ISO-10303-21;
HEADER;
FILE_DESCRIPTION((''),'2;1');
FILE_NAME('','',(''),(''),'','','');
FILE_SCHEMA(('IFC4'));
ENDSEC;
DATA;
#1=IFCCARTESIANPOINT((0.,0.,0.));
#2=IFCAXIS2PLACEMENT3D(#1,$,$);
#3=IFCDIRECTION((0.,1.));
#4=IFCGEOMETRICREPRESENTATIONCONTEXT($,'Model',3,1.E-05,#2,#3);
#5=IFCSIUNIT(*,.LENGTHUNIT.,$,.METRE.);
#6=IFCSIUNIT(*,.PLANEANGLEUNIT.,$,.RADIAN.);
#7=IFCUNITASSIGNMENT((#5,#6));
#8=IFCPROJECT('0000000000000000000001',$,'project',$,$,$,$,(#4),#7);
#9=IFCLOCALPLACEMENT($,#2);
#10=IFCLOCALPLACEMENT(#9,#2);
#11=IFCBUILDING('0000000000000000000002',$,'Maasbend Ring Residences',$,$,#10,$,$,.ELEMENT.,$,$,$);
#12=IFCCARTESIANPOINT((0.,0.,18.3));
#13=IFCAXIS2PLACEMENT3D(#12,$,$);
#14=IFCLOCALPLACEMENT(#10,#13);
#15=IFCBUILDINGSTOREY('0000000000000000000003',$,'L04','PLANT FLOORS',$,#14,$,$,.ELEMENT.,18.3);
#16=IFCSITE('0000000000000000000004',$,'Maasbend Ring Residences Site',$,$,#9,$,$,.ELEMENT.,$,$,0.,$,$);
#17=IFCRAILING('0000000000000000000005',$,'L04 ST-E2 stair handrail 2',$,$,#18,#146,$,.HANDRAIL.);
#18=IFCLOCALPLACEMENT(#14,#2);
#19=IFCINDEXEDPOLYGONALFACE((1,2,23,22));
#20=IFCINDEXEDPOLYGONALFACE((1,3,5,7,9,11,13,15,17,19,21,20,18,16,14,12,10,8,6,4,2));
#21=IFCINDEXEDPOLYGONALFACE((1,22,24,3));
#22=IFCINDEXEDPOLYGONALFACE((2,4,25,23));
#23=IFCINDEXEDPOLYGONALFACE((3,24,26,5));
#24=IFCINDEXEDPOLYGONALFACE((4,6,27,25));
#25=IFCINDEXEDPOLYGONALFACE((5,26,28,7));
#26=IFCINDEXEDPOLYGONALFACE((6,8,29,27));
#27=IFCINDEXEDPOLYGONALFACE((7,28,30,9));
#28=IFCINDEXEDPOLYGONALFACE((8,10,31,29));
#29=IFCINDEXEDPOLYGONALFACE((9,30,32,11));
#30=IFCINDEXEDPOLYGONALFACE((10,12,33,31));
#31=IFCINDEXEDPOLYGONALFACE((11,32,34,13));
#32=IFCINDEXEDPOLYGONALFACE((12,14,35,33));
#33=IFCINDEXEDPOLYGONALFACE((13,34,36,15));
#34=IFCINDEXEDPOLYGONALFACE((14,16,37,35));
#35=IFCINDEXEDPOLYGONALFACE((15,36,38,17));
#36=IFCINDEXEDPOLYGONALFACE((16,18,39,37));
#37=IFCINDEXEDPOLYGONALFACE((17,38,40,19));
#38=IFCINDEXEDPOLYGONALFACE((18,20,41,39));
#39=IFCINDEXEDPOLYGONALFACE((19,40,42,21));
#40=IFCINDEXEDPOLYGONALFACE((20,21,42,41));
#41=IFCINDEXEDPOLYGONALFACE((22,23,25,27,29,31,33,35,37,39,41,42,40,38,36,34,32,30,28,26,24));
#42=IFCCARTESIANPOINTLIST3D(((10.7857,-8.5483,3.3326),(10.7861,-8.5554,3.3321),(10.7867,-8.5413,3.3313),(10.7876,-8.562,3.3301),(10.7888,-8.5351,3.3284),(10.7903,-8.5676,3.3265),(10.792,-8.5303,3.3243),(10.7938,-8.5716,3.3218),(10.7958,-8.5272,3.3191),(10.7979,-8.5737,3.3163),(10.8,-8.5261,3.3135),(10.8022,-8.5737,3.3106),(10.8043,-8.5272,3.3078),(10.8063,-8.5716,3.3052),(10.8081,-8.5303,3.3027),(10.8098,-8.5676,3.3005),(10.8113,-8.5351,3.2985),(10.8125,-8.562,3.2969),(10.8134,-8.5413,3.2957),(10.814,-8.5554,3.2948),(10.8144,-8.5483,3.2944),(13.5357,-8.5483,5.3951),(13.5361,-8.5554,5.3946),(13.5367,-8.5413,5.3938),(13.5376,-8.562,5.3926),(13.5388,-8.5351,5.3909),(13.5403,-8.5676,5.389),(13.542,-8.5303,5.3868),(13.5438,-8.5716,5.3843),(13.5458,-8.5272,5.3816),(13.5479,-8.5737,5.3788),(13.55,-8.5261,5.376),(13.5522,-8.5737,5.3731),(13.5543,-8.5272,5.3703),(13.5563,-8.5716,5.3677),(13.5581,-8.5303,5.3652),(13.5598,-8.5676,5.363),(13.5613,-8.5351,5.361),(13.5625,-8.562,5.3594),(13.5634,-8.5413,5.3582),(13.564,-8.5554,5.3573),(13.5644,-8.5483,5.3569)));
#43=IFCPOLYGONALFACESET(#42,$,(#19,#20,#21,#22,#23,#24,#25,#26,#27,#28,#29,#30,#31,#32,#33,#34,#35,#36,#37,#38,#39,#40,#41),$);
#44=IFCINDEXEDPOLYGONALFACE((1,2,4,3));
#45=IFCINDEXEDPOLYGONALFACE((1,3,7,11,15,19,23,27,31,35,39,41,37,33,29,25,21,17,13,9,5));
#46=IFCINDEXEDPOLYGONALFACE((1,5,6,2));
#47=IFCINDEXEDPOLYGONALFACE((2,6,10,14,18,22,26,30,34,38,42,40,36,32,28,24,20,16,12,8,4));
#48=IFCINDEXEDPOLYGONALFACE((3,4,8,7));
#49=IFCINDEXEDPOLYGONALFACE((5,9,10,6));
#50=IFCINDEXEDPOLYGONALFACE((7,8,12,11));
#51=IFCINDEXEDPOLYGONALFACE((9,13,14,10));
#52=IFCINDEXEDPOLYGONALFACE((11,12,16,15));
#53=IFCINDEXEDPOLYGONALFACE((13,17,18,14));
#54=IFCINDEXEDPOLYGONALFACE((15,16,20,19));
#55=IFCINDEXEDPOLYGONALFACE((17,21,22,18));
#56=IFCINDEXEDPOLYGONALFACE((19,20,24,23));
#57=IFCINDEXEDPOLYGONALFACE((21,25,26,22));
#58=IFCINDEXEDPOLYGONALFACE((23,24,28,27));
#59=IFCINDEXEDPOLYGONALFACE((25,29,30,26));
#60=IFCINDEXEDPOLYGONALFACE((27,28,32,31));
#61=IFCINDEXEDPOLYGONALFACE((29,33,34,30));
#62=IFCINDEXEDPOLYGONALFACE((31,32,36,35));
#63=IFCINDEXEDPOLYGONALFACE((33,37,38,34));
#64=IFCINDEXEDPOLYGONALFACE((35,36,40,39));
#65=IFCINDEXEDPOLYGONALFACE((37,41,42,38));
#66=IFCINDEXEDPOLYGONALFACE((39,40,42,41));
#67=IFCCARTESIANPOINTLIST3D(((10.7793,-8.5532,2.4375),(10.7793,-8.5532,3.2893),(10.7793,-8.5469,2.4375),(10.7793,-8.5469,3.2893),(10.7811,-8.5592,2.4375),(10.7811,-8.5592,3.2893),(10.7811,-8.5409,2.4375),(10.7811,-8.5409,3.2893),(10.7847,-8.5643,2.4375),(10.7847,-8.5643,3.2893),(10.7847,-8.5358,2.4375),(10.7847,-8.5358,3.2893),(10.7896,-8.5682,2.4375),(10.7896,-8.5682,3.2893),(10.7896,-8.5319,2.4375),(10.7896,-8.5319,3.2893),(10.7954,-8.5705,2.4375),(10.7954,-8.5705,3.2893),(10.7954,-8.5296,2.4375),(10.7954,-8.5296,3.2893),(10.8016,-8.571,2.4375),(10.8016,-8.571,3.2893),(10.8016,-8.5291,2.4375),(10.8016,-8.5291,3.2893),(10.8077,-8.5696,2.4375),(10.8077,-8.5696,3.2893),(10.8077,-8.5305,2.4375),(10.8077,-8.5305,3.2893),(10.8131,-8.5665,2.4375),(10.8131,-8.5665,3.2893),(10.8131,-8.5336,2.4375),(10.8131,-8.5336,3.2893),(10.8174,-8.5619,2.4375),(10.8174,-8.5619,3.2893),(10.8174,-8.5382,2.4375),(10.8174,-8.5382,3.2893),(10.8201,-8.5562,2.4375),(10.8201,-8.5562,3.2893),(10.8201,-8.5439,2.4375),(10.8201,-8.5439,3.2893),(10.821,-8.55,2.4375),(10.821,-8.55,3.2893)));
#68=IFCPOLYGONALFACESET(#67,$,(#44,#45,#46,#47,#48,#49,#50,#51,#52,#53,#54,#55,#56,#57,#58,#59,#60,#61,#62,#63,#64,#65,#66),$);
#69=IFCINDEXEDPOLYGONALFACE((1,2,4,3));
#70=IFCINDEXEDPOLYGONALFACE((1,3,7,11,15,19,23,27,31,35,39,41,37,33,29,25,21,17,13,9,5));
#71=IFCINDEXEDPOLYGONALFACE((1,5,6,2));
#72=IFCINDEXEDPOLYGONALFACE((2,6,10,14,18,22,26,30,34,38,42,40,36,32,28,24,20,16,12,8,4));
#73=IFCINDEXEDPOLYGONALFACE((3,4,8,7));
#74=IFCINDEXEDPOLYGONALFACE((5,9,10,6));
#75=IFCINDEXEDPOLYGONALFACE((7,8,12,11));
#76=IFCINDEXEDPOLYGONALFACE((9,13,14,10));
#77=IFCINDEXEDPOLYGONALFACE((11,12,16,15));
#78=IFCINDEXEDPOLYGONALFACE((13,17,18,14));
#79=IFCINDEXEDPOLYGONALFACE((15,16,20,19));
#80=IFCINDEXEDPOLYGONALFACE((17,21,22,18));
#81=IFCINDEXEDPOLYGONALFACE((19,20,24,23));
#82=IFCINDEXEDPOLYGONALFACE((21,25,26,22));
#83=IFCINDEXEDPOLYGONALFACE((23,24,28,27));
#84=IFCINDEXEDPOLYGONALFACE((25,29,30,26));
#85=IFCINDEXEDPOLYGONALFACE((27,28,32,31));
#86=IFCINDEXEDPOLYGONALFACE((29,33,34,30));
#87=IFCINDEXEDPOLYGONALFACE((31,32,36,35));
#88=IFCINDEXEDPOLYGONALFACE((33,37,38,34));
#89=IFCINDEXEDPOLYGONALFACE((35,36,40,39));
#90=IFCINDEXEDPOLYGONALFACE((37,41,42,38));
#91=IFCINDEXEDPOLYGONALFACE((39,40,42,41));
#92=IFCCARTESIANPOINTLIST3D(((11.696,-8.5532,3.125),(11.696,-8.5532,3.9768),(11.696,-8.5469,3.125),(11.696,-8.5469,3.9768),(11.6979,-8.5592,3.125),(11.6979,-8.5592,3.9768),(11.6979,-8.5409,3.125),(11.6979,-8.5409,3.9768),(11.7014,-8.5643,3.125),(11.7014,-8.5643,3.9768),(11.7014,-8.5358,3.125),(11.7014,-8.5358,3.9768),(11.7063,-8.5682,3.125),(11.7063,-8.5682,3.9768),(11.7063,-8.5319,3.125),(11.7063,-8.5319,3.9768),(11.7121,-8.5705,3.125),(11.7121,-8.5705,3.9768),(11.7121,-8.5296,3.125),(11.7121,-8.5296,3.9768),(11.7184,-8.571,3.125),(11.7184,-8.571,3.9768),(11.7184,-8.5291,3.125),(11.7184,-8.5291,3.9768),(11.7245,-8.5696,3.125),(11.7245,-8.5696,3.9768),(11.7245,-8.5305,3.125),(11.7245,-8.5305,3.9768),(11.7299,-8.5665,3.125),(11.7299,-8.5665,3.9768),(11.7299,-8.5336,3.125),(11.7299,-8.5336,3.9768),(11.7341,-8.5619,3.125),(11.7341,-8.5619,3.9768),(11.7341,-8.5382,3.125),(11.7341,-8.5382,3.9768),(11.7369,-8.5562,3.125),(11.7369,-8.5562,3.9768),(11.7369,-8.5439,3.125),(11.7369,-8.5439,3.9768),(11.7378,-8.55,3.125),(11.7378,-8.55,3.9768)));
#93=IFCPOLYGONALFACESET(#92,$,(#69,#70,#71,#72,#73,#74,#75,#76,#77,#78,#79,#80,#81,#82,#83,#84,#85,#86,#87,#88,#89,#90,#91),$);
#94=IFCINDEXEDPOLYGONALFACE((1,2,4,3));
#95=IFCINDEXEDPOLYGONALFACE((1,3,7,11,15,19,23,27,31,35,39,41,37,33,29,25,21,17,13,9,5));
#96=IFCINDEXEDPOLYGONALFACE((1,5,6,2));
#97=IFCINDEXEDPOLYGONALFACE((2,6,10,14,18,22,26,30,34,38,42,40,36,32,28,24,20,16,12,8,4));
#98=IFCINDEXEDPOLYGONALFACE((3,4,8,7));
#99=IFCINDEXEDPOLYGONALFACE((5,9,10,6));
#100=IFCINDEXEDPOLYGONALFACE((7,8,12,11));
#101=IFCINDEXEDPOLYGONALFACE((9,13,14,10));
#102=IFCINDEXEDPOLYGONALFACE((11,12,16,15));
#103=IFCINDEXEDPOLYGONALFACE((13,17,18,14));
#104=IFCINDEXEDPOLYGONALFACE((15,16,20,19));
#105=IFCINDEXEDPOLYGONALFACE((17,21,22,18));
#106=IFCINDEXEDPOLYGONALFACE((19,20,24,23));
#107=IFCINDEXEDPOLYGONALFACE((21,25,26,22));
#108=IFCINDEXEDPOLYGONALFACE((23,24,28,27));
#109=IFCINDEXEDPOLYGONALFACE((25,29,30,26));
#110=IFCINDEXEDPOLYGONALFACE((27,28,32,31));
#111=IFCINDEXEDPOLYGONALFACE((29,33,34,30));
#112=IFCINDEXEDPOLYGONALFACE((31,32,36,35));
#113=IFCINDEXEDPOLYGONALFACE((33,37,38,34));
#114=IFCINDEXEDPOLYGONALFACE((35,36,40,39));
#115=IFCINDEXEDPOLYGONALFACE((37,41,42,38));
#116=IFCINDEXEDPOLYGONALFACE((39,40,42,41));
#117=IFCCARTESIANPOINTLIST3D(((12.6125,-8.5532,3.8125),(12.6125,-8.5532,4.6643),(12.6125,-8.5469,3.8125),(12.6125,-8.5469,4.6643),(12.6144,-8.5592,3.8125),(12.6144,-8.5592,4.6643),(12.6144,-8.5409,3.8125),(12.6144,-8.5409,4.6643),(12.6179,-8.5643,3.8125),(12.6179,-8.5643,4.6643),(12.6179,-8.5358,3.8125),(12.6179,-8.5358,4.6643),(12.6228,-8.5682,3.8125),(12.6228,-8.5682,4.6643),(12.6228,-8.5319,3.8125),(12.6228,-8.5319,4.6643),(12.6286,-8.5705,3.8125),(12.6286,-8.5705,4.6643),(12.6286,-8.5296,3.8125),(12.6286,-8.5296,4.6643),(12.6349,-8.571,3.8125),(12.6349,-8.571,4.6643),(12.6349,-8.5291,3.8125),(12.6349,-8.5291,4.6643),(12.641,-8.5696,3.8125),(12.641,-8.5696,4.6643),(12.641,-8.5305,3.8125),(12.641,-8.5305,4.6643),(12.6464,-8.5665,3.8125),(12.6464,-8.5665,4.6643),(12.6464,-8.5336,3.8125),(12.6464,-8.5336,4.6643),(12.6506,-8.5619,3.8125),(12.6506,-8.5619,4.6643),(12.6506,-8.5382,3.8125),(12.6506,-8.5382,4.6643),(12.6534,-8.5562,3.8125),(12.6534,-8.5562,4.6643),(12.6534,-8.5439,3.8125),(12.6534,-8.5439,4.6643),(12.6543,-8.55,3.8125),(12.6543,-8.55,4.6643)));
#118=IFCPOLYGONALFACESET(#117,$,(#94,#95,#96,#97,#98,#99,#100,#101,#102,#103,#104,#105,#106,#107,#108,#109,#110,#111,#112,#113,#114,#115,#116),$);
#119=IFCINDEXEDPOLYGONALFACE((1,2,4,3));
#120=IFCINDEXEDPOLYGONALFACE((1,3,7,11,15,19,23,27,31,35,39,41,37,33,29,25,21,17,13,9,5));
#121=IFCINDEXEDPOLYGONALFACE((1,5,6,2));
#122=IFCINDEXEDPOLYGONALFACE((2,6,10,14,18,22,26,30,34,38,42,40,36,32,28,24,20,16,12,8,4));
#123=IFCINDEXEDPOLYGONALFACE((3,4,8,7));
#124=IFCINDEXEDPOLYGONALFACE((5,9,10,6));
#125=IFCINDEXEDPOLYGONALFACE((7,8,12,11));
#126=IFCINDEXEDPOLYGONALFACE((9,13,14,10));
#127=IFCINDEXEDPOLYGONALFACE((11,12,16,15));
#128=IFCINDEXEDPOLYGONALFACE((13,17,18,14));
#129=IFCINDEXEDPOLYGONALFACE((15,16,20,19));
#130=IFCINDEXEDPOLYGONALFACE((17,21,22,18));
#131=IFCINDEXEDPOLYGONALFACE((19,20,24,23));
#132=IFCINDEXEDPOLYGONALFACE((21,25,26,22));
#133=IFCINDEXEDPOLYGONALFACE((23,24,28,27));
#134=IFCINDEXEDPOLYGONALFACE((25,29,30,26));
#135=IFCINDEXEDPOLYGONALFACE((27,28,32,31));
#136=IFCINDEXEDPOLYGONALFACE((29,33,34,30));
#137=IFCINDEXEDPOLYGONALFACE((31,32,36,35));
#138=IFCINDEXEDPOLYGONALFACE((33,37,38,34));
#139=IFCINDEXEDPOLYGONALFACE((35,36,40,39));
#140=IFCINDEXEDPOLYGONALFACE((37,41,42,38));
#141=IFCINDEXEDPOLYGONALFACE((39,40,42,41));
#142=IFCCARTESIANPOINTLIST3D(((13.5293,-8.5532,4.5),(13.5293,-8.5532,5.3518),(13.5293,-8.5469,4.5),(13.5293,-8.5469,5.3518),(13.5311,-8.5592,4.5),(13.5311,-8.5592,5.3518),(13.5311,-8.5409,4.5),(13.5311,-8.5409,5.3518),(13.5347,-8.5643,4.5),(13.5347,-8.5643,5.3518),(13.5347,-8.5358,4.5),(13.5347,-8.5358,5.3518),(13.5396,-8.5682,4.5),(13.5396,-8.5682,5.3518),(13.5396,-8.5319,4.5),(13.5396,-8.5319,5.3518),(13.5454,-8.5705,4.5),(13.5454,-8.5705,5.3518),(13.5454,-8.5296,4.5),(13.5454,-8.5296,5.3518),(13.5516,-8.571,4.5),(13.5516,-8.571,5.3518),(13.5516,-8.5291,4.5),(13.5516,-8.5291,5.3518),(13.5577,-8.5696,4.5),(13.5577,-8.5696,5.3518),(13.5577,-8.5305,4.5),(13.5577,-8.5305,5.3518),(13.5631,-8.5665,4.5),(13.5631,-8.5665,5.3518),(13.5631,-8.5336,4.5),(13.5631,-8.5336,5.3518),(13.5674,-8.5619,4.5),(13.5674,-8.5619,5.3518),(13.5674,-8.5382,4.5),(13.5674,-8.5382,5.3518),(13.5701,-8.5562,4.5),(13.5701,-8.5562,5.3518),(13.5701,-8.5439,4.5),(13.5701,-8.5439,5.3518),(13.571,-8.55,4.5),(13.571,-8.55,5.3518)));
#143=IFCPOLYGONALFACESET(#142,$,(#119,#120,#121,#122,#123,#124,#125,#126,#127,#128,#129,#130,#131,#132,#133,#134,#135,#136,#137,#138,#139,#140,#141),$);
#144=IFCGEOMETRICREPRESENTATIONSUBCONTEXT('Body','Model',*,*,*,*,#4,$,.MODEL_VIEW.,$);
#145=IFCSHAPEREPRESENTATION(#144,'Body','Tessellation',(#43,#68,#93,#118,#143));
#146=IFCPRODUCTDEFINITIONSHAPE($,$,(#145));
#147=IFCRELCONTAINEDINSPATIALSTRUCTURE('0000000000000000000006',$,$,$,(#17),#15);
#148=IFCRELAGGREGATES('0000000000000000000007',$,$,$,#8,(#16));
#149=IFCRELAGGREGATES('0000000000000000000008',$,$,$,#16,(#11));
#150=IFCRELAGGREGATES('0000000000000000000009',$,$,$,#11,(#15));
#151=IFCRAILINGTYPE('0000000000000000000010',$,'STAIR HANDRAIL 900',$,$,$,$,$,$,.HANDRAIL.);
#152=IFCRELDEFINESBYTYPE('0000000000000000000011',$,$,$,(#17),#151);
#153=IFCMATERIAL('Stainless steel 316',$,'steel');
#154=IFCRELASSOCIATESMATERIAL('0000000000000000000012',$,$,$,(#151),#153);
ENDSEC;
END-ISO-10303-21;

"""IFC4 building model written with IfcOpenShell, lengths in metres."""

from ifc_helpers import new_model, si_unit, direction, frame, origin, origin_2d, place, context, subcontext, project, spatial, circle, extrude, material, type_object, element, save


model = new_model("IFC4")

# Units and contexts
model_context = context("Model", 3, precision=1e-05, world=origin(), true_north=direction((0.0, 1.0)))
body_context = subcontext(model_context, "Body", "Model", "MODEL_VIEW")
ifc_project = project(units=[si_unit("LENGTHUNIT", "METRE"), si_unit("PLANEANGLEUNIT", "RADIAN")], contexts=[model_context])

# Site, building, storey
site_placement = place(None, origin())
site = spatial("IfcSite", under=ifc_project, at=site_placement, Name="Maasbend Ring Residences Site", CompositionType="ELEMENT", RefElevation=0.0)
building_placement = place(site_placement, origin())
building = spatial("IfcBuilding", under=site, at=building_placement, Name="Maasbend Ring Residences", CompositionType="ELEMENT")
storey_placement = place(building_placement, frame((0.0, 0.0, 18.3)))
storey = spatial("IfcBuildingStorey", under=building, at=storey_placement, Name="L04", Description="PLANT FLOORS", CompositionType="ELEMENT", Elevation=18.3)

# Railing
ifc_material_1 = material(Name="Stainless steel 316", Category="steel")
railing_type_1 = type_object("IfcRailingType", Name="STAIR HANDRAIL 900", PredefinedType="HANDRAIL", material=ifc_material_1)
railing_1_placement = place(storey_placement, frame((10.8, -8.55, 2.4375)))
element("IfcRailing", 1, at=railing_1_placement, inside=storey, type_object=railing_type_1, Name="L04 ST-E2 stair handrail 2", PredefinedType="HANDRAIL", context=body_context, shape_type="SweptSolid", body=[
    extrude(circle(Radius=0.0239, at=origin_2d()), frame((0.0, 0.0, 0.876), z_axis=(0.8, 0.0, 0.6), x_axis=(0.0, 1.0, 0.0)), (0.0, 0.0, 1.0), 3.4375),
    extrude(circle(Radius=0.021, at=origin_2d()), origin(), (0.0, 0.0, 1.0), 0.8518),
    extrude(circle(Radius=0.021, at=origin_2d()), frame((0.9167, 0.0, 0.6875)), (0.0, 0.0, 1.0), 0.8518),
    extrude(circle(Radius=0.021, at=origin_2d()), frame((1.8333, 0.0, 1.375)), (0.0, 0.0, 1.0), 0.8518),
    extrude(circle(Radius=0.021, at=origin_2d()), frame((2.75, 0.0, 2.0625)), (0.0, 0.0, 1.0), 0.8518),
])

save(model, "model.ifc")
